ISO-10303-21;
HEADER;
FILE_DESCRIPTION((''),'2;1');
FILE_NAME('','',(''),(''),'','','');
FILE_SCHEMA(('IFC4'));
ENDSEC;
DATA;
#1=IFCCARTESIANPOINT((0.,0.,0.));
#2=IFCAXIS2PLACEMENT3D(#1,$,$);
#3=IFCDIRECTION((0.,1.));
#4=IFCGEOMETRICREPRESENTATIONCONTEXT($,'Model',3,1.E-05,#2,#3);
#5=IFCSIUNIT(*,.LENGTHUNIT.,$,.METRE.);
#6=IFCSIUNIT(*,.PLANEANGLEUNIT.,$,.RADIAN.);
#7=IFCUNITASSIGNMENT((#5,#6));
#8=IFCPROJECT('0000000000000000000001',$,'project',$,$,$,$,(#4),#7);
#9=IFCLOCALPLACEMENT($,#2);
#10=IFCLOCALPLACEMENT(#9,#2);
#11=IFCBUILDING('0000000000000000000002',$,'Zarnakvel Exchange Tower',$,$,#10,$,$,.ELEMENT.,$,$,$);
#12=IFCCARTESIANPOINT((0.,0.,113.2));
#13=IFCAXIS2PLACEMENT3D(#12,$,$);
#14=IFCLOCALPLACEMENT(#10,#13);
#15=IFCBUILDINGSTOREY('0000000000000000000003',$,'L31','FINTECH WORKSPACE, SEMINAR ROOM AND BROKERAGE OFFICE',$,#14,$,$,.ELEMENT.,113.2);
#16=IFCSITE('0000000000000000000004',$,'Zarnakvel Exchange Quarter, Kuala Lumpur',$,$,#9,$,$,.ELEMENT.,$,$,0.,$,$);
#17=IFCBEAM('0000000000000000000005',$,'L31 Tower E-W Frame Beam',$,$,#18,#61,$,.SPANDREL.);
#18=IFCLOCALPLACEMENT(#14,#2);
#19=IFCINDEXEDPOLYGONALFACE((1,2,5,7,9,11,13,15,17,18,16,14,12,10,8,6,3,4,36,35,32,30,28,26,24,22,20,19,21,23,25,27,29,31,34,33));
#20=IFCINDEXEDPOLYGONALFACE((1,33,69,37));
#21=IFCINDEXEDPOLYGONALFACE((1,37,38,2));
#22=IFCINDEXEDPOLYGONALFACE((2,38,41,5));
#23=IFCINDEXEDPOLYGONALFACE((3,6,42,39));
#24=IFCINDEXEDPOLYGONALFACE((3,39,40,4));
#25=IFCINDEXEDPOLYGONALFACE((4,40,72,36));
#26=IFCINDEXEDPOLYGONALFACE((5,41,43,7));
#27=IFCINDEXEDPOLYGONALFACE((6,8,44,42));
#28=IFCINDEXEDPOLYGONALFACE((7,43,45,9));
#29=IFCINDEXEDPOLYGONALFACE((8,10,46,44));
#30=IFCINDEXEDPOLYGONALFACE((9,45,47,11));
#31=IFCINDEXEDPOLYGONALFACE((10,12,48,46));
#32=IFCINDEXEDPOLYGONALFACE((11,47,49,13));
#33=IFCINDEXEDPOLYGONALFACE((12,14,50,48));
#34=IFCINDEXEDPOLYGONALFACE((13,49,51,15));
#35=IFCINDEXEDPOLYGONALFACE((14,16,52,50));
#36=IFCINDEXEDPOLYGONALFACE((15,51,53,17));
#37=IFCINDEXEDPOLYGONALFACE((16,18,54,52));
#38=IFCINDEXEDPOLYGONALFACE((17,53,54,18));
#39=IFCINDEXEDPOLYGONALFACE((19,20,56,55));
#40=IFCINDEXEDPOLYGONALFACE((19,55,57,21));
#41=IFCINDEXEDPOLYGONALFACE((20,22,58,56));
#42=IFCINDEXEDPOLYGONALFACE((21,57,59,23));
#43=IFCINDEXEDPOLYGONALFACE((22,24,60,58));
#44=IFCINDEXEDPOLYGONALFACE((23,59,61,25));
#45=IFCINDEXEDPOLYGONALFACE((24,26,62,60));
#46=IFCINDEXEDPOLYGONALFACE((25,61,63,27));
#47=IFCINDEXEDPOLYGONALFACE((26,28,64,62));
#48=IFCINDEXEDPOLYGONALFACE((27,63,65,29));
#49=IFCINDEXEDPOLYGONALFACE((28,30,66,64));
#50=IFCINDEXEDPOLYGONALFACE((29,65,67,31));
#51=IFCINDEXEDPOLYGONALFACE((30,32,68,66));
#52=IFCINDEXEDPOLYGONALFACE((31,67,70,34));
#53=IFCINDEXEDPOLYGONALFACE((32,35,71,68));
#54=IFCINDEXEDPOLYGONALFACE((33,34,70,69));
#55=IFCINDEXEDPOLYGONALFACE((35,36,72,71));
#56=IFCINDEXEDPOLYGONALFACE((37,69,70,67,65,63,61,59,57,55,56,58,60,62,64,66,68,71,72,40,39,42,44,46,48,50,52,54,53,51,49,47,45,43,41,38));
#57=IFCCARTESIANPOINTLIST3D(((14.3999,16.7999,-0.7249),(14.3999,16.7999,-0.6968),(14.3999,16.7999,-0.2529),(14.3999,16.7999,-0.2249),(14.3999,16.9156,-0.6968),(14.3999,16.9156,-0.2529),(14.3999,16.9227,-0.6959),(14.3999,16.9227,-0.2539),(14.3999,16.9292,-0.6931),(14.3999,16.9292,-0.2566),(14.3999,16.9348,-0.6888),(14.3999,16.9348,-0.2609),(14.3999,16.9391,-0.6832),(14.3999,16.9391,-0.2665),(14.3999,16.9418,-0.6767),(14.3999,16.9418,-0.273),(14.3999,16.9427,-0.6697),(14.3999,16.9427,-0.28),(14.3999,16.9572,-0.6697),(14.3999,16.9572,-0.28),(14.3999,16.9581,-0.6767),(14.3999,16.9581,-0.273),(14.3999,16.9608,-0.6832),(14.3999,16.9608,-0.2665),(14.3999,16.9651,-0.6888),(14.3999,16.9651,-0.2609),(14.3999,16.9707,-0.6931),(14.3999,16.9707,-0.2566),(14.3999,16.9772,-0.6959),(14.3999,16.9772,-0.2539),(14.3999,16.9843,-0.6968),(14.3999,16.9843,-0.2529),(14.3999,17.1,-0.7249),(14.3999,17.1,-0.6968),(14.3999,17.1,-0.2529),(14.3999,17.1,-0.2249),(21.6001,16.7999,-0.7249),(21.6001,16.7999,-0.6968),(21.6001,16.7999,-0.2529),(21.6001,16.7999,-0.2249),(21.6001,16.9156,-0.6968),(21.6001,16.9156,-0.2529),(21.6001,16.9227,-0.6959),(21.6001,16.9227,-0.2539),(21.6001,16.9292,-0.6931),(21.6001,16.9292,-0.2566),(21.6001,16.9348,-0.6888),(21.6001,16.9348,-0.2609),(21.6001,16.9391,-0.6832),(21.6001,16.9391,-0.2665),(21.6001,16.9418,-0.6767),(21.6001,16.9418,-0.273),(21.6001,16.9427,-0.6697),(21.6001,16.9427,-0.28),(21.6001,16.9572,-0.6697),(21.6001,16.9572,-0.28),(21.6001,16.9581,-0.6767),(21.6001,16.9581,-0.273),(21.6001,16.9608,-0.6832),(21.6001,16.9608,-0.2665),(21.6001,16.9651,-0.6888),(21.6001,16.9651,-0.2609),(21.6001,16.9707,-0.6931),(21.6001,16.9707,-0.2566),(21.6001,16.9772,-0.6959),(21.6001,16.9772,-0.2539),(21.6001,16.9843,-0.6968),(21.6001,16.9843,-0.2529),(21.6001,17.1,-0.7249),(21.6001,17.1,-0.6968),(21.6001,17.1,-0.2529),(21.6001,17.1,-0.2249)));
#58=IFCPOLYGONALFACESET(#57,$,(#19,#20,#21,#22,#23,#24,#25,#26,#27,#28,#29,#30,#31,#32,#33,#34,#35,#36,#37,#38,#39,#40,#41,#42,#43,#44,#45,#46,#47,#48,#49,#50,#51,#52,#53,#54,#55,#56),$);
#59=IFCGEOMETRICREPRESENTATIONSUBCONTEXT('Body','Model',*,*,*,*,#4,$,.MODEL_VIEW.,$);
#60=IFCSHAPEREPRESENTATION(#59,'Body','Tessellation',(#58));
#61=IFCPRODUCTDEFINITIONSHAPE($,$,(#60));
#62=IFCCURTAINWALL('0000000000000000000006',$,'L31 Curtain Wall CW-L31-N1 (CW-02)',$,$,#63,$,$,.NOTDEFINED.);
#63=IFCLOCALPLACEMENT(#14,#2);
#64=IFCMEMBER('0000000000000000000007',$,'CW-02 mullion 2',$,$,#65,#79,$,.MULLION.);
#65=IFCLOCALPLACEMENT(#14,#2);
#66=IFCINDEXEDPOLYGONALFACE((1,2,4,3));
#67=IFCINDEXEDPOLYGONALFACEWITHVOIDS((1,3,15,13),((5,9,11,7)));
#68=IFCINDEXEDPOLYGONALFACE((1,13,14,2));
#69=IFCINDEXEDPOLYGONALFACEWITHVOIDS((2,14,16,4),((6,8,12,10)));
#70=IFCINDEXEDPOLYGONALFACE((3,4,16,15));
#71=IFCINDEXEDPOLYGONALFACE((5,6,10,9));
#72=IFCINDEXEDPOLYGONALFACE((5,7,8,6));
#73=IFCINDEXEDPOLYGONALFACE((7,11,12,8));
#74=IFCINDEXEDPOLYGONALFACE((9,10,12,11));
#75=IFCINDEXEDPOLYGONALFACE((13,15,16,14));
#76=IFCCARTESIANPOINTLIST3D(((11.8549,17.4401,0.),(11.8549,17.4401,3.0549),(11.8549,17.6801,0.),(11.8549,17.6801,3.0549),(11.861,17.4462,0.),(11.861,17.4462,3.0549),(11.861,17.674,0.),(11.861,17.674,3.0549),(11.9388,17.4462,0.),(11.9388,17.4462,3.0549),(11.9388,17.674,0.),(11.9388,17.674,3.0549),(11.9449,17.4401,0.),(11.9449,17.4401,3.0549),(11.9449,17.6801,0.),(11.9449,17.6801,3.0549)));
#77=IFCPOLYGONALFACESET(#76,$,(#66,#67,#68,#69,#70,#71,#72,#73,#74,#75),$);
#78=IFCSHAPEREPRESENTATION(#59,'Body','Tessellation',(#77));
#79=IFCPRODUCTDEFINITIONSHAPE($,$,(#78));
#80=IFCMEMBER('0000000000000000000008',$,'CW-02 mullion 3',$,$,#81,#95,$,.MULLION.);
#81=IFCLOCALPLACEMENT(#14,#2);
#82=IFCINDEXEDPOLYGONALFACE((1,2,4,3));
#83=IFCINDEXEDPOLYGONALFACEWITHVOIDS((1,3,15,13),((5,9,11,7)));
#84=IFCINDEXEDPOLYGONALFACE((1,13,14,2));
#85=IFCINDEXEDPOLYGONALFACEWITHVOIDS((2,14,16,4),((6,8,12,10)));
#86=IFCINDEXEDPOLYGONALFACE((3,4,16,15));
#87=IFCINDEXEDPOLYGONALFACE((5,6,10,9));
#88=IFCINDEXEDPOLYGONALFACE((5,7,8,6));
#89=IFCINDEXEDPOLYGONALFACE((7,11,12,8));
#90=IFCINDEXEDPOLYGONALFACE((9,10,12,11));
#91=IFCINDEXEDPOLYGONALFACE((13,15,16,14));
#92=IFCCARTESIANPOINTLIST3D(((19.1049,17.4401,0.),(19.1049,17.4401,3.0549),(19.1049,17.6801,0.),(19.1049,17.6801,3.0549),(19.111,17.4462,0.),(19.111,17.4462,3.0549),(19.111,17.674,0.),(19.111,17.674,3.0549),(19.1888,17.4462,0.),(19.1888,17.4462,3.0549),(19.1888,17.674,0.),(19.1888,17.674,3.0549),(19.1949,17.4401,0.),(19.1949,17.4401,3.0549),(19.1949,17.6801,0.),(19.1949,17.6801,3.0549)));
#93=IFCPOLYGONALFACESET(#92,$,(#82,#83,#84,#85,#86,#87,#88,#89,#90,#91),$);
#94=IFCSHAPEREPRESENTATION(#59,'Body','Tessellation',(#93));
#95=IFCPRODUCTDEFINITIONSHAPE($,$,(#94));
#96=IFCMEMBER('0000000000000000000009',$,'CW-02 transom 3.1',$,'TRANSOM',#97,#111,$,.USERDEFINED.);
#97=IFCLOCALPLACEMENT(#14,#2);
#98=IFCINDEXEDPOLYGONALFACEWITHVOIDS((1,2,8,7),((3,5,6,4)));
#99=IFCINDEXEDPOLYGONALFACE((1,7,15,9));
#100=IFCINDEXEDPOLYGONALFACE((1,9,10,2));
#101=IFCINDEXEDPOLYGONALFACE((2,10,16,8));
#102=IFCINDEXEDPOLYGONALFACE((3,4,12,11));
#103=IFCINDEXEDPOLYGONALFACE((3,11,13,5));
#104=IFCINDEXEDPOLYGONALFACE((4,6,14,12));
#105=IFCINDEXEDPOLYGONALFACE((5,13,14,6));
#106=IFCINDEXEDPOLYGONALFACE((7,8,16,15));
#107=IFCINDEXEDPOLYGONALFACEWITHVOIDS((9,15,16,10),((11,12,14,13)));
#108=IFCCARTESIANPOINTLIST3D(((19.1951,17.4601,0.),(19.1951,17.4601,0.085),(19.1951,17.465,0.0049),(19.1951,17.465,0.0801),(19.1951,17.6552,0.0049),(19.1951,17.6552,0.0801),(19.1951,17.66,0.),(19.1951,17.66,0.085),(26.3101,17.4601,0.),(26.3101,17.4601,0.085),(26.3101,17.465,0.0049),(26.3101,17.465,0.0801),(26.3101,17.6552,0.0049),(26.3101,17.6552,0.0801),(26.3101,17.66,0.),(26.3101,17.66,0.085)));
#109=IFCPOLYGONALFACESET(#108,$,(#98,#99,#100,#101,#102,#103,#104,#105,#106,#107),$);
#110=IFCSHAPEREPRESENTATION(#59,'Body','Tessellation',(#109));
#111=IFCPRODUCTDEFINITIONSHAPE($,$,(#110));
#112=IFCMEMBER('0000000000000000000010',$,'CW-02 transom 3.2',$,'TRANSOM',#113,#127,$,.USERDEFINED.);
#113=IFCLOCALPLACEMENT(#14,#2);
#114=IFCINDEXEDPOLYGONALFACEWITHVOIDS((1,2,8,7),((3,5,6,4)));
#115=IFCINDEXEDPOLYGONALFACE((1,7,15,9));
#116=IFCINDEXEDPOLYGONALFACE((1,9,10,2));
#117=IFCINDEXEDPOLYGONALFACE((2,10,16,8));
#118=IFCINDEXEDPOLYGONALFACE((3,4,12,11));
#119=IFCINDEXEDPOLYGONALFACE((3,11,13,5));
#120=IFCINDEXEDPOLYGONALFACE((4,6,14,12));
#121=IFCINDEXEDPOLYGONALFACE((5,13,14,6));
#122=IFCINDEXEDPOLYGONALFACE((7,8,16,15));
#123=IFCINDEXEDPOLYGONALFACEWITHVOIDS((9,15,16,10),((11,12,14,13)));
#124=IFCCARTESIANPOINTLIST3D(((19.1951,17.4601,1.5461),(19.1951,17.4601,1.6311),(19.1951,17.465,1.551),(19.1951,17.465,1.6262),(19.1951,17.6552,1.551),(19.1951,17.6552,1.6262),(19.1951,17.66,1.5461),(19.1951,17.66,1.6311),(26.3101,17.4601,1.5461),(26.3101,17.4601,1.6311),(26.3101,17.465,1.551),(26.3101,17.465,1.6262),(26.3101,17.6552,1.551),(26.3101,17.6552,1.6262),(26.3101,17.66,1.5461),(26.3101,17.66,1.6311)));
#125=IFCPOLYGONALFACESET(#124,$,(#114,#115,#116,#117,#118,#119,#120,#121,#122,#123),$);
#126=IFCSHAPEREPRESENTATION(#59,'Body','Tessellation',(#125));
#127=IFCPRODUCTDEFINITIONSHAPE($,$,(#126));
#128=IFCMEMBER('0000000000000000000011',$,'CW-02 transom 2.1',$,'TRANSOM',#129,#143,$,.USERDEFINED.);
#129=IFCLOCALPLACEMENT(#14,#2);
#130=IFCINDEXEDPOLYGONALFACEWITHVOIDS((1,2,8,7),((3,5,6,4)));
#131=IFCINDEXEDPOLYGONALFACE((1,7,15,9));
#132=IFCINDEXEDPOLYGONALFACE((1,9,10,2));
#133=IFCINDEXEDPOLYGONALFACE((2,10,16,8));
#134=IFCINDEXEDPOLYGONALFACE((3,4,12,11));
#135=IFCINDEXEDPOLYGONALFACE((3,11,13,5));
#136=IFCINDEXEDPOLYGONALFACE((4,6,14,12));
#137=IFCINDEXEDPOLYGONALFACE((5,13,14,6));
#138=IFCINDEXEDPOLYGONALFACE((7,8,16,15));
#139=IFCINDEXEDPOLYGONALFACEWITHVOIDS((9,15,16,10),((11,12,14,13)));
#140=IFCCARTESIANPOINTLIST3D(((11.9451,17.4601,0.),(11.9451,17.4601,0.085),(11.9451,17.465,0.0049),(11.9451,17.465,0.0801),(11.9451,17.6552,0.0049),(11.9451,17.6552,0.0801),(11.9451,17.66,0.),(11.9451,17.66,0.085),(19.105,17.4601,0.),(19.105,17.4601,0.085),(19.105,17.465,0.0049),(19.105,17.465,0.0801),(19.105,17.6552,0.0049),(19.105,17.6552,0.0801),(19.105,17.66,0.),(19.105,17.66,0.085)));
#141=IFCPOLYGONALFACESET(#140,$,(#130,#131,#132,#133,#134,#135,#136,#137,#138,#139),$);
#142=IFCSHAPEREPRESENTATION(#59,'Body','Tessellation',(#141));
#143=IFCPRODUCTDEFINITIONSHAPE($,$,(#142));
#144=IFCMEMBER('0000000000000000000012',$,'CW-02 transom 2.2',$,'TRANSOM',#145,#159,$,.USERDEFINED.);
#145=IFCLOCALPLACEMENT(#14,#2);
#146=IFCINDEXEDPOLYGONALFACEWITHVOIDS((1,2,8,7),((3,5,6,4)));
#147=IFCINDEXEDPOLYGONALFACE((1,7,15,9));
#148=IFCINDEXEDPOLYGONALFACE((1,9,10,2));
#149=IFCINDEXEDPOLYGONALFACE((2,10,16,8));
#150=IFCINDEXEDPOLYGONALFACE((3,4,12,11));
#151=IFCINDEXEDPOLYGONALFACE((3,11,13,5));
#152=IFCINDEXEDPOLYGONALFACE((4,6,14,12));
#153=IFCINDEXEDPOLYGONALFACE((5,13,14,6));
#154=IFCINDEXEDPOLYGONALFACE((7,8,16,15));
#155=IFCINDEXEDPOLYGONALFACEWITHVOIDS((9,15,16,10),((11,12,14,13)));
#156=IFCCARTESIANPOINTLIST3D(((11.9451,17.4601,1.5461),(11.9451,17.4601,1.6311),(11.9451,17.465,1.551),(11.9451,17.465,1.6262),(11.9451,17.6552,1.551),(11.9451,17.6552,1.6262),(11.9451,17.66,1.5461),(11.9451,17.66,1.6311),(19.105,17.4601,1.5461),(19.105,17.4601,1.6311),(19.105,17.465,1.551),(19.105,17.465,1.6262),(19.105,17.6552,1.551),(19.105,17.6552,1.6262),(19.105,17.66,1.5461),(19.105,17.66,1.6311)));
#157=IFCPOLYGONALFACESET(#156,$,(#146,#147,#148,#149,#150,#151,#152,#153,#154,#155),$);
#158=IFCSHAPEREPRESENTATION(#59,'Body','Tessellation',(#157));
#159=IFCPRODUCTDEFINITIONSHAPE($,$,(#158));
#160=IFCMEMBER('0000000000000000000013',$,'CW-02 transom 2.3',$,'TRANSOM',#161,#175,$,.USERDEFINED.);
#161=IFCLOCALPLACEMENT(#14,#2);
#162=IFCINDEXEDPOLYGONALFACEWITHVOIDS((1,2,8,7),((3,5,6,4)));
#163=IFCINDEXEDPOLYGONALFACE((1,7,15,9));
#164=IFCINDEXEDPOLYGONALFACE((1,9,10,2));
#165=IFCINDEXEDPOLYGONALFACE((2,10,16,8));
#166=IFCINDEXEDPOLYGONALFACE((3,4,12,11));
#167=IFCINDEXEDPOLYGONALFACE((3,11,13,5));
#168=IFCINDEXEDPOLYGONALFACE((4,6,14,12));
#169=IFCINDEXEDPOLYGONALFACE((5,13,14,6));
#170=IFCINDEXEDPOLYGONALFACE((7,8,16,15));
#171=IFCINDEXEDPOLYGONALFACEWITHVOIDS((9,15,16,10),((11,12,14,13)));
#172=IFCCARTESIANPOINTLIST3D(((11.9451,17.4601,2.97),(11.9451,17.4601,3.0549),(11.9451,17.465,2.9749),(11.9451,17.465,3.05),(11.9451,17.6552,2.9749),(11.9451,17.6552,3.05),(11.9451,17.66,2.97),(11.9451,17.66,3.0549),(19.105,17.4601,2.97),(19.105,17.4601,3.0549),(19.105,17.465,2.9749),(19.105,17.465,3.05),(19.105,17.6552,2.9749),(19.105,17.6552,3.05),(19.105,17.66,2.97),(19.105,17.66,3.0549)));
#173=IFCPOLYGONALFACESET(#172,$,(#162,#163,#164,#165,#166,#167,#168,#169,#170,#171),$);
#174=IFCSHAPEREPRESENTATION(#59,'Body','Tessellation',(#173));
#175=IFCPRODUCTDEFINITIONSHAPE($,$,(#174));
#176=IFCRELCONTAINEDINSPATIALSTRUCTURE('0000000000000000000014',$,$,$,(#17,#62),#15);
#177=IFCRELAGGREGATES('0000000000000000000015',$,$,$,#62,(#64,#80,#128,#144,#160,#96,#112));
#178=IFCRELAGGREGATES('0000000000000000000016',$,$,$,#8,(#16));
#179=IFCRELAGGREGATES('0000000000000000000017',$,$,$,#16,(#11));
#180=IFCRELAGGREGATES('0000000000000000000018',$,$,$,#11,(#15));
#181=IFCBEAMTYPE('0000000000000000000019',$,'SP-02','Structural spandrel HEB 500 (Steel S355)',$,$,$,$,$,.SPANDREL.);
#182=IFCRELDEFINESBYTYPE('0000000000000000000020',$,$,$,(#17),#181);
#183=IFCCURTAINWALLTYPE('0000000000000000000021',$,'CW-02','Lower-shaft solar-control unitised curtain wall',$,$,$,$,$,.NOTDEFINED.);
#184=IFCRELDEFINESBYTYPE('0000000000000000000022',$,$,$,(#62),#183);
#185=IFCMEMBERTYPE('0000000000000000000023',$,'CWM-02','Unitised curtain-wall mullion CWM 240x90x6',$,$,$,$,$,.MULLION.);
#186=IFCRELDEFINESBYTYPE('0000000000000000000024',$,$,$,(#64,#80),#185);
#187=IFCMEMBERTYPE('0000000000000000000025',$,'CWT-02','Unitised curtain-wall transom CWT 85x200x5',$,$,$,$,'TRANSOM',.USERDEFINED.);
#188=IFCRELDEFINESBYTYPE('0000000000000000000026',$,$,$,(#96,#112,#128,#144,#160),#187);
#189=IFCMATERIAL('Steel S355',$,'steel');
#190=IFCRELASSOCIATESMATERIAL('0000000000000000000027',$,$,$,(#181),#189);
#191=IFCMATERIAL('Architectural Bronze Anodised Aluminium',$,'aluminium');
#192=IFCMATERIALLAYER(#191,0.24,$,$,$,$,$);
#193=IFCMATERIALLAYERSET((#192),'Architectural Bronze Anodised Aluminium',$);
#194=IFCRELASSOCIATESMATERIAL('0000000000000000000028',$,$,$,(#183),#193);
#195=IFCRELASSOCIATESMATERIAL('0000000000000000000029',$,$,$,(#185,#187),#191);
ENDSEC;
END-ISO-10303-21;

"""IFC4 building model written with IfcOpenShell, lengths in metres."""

from ifc_helpers import new_model, si_unit, direction, frame, origin, origin_2d, place, context, subcontext, project, spatial, hollow_rectangle, i_section, extrude, source, transform, mapped, material, layer, layer_set, material_profile, profile_set, type_object, element, aggregate, save


model = new_model("IFC4")

# Units and contexts
model_context = context("Model", 3, precision=1e-05, world=origin(), true_north=direction((0.0, 1.0)))
body_context = subcontext(model_context, "Body", "Model", "MODEL_VIEW")
ifc_project = project(units=[si_unit("LENGTHUNIT", "METRE"), si_unit("PLANEANGLEUNIT", "RADIAN")], contexts=[model_context])

# Site, building, storey
site_placement = place(None, origin())
site = spatial("IfcSite", under=ifc_project, at=site_placement, Name="Zarnakvel Exchange Quarter, Kuala Lumpur", CompositionType="ELEMENT", RefElevation=0.0)
building_placement = place(site_placement, origin())
building = spatial("IfcBuilding", under=site, at=building_placement, Name="Zarnakvel Exchange Tower", CompositionType="ELEMENT")
storey_placement = place(building_placement, frame((0.0, 0.0, 113.2)))
storey = spatial("IfcBuildingStorey", under=building, at=storey_placement, Name="L31", Description="FINTECH WORKSPACE, SEMINAR ROOM AND BROKERAGE OFFICE", CompositionType="ELEMENT", Elevation=113.2)

# Beam
ifc_material_1 = material(Name="Steel S355", Category="steel")
ifc_material_profile_1 = material_profile(ifc_material_1, i_section(OverallWidth=0.3, OverallDepth=0.5, WebThickness=0.0144, FlangeThickness=0.0281, FilletRadius=0.0271, at=origin_2d()))
ifc_profile_set_1 = profile_set([ifc_material_profile_1], Name="Steel S355")
beam_type_1 = type_object("IfcBeamType", Name="SP-02", Description="Structural spandrel HEB 500 (Steel S355)", PredefinedType="SPANDREL", material=ifc_profile_set_1)
beam_1_placement = place(storey_placement, frame((14.3999, 16.95, -0.4749), z_axis=(1.0, 0.0, 0.0), x_axis=(0.0, 1.0, 0.0)))
element("IfcBeam", 1, at=beam_1_placement, inside=storey, type_object=beam_type_1, Name="L31 Tower E-W Frame Beam", PredefinedType="SPANDREL", context=body_context, shape_type="SweptSolid", body=[
    extrude(i_section(OverallWidth=0.3, OverallDepth=0.5, WebThickness=0.0144, FlangeThickness=0.0281, FilletRadius=0.0271, at=origin_2d()), origin(), (0.0, 0.0, 1.0), 7.2002),
])

# Curtain wall, members
ifc_material_2 = material(Name="Architectural Bronze Anodised Aluminium", Category="aluminium")
ifc_layer_1 = layer(ifc_material_2, 0.24)
ifc_layer_set_1 = layer_set([ifc_layer_1], Name="Architectural Bronze Anodised Aluminium")
curtain_wall_type = type_object("IfcCurtainWallType", Name="CW-02", Description="Lower-shaft solar-control unitised curtain wall", PredefinedType="NOTDEFINED", material=ifc_layer_set_1)
curtain_wall_placement = place(storey_placement, origin())
curtain_wall = element("IfcCurtainWall", 2, at=curtain_wall_placement, inside=storey, type_object=curtain_wall_type, Name="L31 Curtain Wall CW-L31-N1 (CW-02)", PredefinedType="NOTDEFINED")
ifc_material_profile_2 = material_profile(ifc_material_2, hollow_rectangle(XDim=0.24, YDim=0.0901, WallThickness=0.0061, at=origin_2d()))
ifc_profile_set_2 = profile_set([ifc_material_profile_2], Name="Architectural Bronze Anodised Aluminium")
member_type_1 = type_object("IfcMemberType", Name="CWM-02", Description="Unitised curtain-wall mullion CWM 240x90x6", PredefinedType="MULLION", material=ifc_profile_set_2)
shared_shape_1 = source(origin(), body_context, "Body", "SweptSolid", [
    extrude(hollow_rectangle(XDim=0.24, YDim=0.0901, WallThickness=0.0061, at=origin_2d()), origin(), (0.0, 0.0, 1.0), 3.0549),
])
member_1_placement = place(storey_placement, frame((11.8999, 17.5601, 0.0), z_axis=(0.0, 0.0, 1.0), x_axis=(0.0, 1.0, 0.0)))
member_1 = element("IfcMember", 3, at=member_1_placement, type_object=member_type_1, Name="CW-02 mullion 2", PredefinedType="MULLION", context=body_context, shape_type="MappedRepresentation", body=[
    mapped(shared_shape_1, transform((0.0, 0.0, 0.0), x_axis=(1.0, 0.0, 0.0), y_axis=(0.0, 1.0, 0.0), z_axis=(0.0, 0.0, 1.0), scale=1.0)),
])
member_2_placement = place(storey_placement, frame((19.1499, 17.5601, 0.0), z_axis=(0.0, 0.0, 1.0), x_axis=(0.0, 1.0, 0.0)))
member_2 = element("IfcMember", 4, at=member_2_placement, type_object=member_type_1, Name="CW-02 mullion 3", PredefinedType="MULLION", context=body_context, shape_type="MappedRepresentation", body=[
    mapped(shared_shape_1, transform((0.0, 0.0, 0.0), x_axis=(1.0, 0.0, 0.0), y_axis=(0.0, 1.0, 0.0), z_axis=(0.0, 0.0, 1.0), scale=1.0)),
])
ifc_material_profile_3 = material_profile(ifc_material_2, hollow_rectangle(XDim=0.2, YDim=0.085, WallThickness=0.0049, at=origin_2d()))
ifc_profile_set_3 = profile_set([ifc_material_profile_3], Name="Architectural Bronze Anodised Aluminium")
member_type_2 = type_object("IfcMemberType", Name="CWT-02", Description="Unitised curtain-wall transom CWT 85x200x5", ElementType="TRANSOM", PredefinedType="USERDEFINED", material=ifc_profile_set_3)
shared_shape_2 = source(origin(), body_context, "Body", "SweptSolid", [
    extrude(hollow_rectangle(XDim=0.2, YDim=0.085, WallThickness=0.0049, at=origin_2d()), origin(), (0.0, 0.0, 1.0), 7.115),
])
member_3_placement = place(storey_placement, frame((19.1951, 17.5601, 0.0425), z_axis=(1.0, 0.0, 0.0), x_axis=(0.0, 1.0, 0.0)))
member_3 = element("IfcMember", 5, at=member_3_placement, type_object=member_type_2, Name="CW-02 transom 3.1", ObjectType="TRANSOM", PredefinedType="USERDEFINED", context=body_context, shape_type="MappedRepresentation", body=[
    mapped(shared_shape_2, transform((0.0, 0.0, 0.0), x_axis=(1.0, 0.0, 0.0), y_axis=(0.0, 1.0, 0.0), z_axis=(0.0, 0.0, 1.0), scale=1.0)),
])
member_4_placement = place(storey_placement, frame((19.1951, 17.5601, 1.5886), z_axis=(1.0, 0.0, 0.0), x_axis=(0.0, 1.0, 0.0)))
member_4 = element("IfcMember", 6, at=member_4_placement, type_object=member_type_2, Name="CW-02 transom 3.2", ObjectType="TRANSOM", PredefinedType="USERDEFINED", context=body_context, shape_type="MappedRepresentation", body=[
    mapped(shared_shape_2, transform((0.0, 0.0, 0.0), x_axis=(1.0, 0.0, 0.0), y_axis=(0.0, 1.0, 0.0), z_axis=(0.0, 0.0, 1.0), scale=1.0)),
])
shared_shape_3 = source(origin(), body_context, "Body", "SweptSolid", [
    extrude(hollow_rectangle(XDim=0.2, YDim=0.085, WallThickness=0.0049, at=origin_2d()), origin(), (0.0, 0.0, 1.0), 7.1599),
])
member_5_placement = place(storey_placement, frame((11.9451, 17.5601, 0.0425), z_axis=(1.0, 0.0, 0.0), x_axis=(0.0, 1.0, 0.0)))
member_5 = element("IfcMember", 7, at=member_5_placement, type_object=member_type_2, Name="CW-02 transom 2.1", ObjectType="TRANSOM", PredefinedType="USERDEFINED", context=body_context, shape_type="MappedRepresentation", body=[
    mapped(shared_shape_3, transform((0.0, 0.0, 0.0), x_axis=(1.0, 0.0, 0.0), y_axis=(0.0, 1.0, 0.0), z_axis=(0.0, 0.0, 1.0), scale=1.0)),
])
member_6_placement = place(storey_placement, frame((11.9451, 17.5601, 1.5886), z_axis=(1.0, 0.0, 0.0), x_axis=(0.0, 1.0, 0.0)))
member_6 = element("IfcMember", 8, at=member_6_placement, type_object=member_type_2, Name="CW-02 transom 2.2", ObjectType="TRANSOM", PredefinedType="USERDEFINED", context=body_context, shape_type="MappedRepresentation", body=[
    mapped(shared_shape_3, transform((0.0, 0.0, 0.0), x_axis=(1.0, 0.0, 0.0), y_axis=(0.0, 1.0, 0.0), z_axis=(0.0, 0.0, 1.0), scale=1.0)),
])
member_7_placement = place(storey_placement, frame((11.9451, 17.5601, 3.0125), z_axis=(1.0, 0.0, 0.0), x_axis=(0.0, 1.0, 0.0)))
member_7 = element("IfcMember", 9, at=member_7_placement, type_object=member_type_2, Name="CW-02 transom 2.3", ObjectType="TRANSOM", PredefinedType="USERDEFINED", context=body_context, shape_type="MappedRepresentation", body=[
    mapped(shared_shape_3, transform((0.0, 0.0, 0.0), x_axis=(1.0, 0.0, 0.0), y_axis=(0.0, 1.0, 0.0), z_axis=(0.0, 0.0, 1.0), scale=1.0)),
])
aggregate(curtain_wall, [member_1, member_2, member_5, member_6, member_7, member_3, member_4])

save(model, "model.ifc")
